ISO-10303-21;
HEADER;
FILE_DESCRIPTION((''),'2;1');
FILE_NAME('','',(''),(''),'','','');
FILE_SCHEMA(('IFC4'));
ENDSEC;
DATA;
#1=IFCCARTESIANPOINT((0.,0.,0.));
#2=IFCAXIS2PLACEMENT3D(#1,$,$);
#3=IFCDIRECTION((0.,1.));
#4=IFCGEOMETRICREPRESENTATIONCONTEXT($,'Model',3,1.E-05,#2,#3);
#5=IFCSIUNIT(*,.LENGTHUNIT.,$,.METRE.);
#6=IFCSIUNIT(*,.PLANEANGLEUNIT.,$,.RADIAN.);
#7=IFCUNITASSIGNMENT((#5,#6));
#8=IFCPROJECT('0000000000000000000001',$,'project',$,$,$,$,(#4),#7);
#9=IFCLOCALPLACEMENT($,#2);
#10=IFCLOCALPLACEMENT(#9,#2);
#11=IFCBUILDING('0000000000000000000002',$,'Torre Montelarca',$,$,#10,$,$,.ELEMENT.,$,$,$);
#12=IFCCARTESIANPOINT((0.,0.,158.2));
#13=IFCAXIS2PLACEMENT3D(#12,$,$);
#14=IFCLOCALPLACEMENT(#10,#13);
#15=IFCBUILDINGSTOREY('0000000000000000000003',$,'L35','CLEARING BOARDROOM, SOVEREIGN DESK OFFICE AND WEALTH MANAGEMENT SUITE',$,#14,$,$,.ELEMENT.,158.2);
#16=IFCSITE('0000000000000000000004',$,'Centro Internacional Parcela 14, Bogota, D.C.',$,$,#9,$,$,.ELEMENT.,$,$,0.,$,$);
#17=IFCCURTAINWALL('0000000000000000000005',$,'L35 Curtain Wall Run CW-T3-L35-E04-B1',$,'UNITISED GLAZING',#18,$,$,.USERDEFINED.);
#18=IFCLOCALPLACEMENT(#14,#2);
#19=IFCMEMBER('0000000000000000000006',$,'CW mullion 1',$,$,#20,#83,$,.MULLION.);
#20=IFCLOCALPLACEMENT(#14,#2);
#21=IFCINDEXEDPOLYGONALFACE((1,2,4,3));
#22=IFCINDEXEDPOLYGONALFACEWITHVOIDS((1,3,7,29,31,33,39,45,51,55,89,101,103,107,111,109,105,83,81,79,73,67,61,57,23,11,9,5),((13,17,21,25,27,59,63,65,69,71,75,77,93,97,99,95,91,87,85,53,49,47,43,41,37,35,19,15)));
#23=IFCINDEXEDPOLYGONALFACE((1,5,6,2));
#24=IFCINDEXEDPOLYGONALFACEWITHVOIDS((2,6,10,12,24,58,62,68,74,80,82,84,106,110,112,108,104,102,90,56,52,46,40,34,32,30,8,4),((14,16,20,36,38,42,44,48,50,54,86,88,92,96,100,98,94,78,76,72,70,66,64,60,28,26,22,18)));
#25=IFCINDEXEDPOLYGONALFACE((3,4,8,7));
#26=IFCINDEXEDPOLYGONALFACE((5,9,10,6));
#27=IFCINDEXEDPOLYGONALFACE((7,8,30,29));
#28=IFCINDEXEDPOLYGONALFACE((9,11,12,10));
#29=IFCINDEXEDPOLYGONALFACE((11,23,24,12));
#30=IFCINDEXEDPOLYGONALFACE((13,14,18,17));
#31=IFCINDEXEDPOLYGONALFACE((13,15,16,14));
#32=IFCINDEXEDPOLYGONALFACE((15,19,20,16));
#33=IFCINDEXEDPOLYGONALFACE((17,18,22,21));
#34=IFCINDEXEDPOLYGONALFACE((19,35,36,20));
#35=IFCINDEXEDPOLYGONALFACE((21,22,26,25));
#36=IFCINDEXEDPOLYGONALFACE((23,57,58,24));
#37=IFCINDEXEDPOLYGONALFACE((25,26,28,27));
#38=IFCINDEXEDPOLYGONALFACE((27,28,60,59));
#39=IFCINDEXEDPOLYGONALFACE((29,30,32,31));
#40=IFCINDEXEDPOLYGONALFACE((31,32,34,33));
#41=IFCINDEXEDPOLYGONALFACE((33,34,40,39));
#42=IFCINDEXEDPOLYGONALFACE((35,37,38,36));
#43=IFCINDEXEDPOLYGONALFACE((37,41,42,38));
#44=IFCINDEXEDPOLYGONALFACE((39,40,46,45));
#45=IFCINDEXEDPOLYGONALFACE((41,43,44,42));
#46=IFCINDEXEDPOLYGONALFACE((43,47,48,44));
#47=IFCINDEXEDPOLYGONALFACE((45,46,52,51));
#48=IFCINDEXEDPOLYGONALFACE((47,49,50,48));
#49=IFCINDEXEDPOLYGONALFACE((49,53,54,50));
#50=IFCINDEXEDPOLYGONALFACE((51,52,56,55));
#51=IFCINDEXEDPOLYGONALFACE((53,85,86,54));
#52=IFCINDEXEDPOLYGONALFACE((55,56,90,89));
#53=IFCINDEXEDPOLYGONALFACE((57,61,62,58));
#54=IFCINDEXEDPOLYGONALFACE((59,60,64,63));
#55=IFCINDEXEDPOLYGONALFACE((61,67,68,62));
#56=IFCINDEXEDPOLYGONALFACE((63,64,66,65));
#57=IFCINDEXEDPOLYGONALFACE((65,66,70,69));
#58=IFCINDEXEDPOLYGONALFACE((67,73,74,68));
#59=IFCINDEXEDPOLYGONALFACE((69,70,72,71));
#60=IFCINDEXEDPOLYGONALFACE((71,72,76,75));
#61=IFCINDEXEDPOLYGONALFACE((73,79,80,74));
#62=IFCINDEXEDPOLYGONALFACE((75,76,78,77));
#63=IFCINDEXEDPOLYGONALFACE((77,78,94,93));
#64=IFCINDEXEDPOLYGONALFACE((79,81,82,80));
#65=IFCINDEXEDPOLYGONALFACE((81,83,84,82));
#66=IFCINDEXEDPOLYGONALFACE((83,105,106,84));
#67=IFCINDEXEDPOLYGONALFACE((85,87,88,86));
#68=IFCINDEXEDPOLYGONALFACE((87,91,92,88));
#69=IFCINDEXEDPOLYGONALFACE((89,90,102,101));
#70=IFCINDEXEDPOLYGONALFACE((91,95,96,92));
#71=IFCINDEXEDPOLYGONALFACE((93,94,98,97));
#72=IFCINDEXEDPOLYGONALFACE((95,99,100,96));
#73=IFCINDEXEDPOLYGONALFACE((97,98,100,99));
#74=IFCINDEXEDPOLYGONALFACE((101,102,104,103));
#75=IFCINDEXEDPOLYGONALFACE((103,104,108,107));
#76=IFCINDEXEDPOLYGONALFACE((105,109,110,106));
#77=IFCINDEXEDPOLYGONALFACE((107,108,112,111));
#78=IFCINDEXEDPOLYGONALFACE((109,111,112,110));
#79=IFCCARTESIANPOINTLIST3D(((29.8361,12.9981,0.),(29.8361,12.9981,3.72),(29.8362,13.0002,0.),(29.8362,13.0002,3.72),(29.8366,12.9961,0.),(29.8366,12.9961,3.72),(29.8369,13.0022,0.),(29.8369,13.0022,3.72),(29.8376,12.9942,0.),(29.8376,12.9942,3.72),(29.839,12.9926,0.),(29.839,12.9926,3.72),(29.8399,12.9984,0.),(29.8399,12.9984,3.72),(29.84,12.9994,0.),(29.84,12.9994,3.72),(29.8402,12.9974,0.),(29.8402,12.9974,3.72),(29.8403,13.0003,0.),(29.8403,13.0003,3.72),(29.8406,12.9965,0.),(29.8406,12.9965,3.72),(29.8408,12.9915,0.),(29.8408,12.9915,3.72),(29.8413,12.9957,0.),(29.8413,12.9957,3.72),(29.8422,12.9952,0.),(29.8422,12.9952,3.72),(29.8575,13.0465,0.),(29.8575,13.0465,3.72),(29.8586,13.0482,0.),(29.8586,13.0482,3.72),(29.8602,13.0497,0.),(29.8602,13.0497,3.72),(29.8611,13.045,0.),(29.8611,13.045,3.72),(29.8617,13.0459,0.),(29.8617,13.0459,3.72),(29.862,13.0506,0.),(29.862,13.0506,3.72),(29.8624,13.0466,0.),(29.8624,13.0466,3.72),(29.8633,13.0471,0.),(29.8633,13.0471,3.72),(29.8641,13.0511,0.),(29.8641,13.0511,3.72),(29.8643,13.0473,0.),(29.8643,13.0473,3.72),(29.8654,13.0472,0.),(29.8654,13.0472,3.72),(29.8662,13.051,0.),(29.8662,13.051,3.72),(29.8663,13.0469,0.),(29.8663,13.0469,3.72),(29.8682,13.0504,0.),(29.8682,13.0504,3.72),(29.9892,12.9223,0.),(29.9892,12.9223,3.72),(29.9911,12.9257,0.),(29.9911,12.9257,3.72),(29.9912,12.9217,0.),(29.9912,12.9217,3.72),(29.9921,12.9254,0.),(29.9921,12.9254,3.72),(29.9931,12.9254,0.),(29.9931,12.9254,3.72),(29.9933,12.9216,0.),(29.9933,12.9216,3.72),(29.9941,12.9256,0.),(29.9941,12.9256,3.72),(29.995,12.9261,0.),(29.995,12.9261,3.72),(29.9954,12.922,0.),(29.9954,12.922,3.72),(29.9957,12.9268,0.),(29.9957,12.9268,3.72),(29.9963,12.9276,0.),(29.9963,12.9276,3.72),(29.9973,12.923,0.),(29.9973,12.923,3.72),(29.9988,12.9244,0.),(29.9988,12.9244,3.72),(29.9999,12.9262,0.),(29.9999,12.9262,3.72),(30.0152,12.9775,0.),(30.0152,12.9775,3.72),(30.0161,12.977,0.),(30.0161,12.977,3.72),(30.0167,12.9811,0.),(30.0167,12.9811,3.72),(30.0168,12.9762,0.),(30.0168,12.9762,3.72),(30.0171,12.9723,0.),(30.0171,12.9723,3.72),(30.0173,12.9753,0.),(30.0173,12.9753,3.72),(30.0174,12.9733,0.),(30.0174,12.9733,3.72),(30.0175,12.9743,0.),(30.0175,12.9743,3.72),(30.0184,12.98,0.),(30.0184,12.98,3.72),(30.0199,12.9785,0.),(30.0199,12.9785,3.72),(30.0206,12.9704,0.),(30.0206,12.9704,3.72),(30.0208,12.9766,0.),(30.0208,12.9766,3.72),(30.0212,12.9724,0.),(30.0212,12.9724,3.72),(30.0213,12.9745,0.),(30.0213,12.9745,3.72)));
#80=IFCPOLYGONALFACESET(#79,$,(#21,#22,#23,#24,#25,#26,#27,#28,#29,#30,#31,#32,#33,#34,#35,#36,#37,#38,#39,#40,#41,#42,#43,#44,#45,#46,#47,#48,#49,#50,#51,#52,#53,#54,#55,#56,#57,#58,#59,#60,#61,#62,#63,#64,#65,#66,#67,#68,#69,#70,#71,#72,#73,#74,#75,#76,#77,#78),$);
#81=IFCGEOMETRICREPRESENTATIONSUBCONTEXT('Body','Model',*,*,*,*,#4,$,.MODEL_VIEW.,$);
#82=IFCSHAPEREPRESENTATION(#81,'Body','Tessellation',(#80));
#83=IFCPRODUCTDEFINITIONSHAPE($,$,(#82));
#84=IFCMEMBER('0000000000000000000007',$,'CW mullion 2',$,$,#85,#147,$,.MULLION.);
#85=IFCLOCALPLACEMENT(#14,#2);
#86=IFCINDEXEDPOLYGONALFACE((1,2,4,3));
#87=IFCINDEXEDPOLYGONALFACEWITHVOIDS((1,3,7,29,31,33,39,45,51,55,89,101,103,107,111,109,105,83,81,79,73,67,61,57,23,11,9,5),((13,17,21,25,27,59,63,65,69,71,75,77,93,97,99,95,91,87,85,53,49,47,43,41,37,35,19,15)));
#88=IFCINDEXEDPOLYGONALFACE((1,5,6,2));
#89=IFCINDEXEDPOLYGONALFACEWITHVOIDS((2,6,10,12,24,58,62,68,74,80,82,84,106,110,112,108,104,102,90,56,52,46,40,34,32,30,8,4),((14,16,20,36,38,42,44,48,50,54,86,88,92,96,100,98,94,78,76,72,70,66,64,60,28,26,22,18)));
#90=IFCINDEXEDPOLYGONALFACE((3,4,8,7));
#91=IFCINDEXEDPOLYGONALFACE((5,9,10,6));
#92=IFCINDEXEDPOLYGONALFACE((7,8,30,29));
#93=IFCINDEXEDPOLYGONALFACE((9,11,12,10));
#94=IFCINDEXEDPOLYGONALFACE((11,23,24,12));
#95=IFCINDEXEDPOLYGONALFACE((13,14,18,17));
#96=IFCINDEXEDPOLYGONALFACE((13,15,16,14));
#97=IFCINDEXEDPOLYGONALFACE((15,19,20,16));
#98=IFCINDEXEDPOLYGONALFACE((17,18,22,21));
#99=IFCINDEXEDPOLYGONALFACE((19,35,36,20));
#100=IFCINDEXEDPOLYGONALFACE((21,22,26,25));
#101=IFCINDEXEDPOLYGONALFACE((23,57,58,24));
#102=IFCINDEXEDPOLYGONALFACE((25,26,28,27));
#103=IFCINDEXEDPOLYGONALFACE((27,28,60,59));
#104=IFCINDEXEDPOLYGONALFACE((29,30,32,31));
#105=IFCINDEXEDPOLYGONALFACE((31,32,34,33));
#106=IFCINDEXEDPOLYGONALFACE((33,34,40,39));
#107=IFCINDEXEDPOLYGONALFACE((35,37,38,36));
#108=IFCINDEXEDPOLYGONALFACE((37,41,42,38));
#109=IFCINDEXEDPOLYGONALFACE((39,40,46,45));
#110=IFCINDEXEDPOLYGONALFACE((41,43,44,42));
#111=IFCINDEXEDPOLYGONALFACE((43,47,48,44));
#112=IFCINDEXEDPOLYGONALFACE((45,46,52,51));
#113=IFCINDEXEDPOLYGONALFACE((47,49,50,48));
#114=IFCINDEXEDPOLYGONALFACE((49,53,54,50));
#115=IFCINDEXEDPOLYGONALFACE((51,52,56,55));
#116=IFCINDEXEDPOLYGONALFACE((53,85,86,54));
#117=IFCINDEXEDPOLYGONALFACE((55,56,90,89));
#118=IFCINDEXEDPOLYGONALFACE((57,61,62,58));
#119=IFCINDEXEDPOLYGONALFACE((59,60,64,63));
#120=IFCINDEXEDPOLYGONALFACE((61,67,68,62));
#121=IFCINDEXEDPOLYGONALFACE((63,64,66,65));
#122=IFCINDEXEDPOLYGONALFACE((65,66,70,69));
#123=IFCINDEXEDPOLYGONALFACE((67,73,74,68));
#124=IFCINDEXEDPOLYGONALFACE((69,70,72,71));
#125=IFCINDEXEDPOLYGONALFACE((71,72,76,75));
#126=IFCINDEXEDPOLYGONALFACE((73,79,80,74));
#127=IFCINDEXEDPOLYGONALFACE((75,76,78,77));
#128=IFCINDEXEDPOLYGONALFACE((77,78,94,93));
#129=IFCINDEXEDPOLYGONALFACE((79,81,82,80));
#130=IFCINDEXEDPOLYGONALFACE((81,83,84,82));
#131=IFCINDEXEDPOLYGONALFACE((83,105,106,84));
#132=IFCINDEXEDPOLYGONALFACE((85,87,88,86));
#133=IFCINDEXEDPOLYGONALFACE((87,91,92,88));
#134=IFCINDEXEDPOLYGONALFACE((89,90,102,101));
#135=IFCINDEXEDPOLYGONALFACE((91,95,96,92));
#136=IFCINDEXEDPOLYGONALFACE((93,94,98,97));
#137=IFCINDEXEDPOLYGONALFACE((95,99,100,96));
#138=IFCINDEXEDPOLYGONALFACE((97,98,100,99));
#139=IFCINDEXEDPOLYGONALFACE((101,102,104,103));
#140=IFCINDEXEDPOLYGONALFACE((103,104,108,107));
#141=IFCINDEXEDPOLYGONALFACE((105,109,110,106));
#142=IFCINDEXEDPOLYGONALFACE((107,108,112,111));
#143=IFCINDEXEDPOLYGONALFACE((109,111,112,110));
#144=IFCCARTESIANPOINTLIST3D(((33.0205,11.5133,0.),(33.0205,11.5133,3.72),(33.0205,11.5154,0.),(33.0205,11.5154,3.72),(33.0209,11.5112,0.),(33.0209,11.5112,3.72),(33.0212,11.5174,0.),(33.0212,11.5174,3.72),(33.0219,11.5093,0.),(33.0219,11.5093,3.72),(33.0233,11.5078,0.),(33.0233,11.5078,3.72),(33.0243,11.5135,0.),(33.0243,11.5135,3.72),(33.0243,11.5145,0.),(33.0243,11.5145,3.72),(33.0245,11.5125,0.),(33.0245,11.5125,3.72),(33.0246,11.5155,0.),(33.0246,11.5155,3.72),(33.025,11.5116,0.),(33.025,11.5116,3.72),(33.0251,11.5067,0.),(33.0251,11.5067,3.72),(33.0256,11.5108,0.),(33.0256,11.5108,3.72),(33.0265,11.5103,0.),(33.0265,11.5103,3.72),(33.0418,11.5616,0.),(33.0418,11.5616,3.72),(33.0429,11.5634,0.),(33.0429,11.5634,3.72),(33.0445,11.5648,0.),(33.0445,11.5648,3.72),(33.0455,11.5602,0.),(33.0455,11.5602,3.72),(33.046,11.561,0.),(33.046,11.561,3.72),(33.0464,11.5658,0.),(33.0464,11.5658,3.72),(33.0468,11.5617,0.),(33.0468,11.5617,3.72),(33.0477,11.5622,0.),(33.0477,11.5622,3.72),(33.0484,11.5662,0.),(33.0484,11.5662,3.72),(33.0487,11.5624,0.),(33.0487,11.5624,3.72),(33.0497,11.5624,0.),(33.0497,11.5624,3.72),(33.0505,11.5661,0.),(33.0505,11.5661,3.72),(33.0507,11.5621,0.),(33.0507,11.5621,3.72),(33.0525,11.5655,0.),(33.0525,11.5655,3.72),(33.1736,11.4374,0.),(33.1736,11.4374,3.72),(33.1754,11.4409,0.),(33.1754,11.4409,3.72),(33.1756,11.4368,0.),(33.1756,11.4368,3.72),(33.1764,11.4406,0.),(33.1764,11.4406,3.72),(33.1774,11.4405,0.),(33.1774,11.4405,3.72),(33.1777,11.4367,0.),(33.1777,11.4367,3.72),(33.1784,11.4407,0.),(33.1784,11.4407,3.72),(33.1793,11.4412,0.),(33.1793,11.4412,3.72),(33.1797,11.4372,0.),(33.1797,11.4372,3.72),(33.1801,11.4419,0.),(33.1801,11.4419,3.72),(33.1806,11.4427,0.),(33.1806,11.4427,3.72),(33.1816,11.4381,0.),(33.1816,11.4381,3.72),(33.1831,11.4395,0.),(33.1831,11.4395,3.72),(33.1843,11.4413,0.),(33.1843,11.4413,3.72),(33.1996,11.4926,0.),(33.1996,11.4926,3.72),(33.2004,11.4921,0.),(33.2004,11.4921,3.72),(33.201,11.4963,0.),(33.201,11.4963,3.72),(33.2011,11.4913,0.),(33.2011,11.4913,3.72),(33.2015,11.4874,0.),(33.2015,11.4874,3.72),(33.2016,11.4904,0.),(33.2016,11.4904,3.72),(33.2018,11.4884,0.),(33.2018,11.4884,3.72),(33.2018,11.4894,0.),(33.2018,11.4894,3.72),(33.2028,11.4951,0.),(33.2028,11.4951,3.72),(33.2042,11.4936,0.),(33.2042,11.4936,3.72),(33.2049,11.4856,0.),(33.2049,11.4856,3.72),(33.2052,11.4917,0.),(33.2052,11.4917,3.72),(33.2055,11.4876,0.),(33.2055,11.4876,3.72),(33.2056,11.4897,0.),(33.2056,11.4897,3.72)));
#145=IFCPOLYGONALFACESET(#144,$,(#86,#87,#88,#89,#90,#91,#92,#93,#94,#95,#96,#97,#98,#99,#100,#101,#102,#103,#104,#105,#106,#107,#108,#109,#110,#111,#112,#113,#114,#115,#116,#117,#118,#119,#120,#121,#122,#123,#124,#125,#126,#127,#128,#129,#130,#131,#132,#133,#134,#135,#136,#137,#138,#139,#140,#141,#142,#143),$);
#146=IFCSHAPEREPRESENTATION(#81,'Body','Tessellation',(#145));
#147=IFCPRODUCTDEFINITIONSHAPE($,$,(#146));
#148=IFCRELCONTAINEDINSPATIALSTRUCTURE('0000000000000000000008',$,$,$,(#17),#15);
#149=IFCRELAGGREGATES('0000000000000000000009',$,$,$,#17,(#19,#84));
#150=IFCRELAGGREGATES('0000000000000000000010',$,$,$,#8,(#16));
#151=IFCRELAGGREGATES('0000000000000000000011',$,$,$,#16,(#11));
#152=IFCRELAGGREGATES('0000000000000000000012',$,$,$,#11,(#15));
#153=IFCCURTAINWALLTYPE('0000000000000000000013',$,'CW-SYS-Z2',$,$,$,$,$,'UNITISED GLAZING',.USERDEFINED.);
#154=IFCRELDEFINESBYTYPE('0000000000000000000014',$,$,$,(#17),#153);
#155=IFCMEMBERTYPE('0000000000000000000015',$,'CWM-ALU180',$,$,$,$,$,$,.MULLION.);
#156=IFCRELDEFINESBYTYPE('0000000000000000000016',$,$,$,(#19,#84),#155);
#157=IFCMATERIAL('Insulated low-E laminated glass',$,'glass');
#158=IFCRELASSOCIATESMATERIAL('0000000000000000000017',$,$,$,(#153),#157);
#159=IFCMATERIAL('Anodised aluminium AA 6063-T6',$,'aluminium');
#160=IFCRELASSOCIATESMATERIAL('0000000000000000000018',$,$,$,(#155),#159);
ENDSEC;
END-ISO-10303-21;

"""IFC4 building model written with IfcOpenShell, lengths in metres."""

from ifc_helpers import new_model, si_unit, direction, frame, origin, origin_2d, place, context, subcontext, project, spatial, hollow_rectangle, extrude, source, transform, mapped, material, material_profile, profile_set, type_object, element, aggregate, save


model = new_model("IFC4")

# Units and contexts
model_context = context("Model", 3, precision=1e-05, world=origin(), true_north=direction((0.0, 1.0)))
body_context = subcontext(model_context, "Body", "Model", "MODEL_VIEW")
ifc_project = project(units=[si_unit("LENGTHUNIT", "METRE"), si_unit("PLANEANGLEUNIT", "RADIAN")], contexts=[model_context])

# Site, building, storey
site_placement = place(None, origin())
site = spatial("IfcSite", under=ifc_project, at=site_placement, Name="Centro Internacional Parcela 14, Bogota, D.C.", CompositionType="ELEMENT", RefElevation=0.0)
building_placement = place(site_placement, origin())
building = spatial("IfcBuilding", under=site, at=building_placement, Name="Torre Montelarca", CompositionType="ELEMENT")
storey_placement = place(building_placement, frame((0.0, 0.0, 158.2)))
storey = spatial("IfcBuildingStorey", under=building, at=storey_placement, Name="L35", Description="CLEARING BOARDROOM, SOVEREIGN DESK OFFICE AND WEALTH MANAGEMENT SUITE", CompositionType="ELEMENT", Elevation=158.2)

# Shared definitions
ifc_material_1 = material(Name="Insulated low-E laminated glass", Category="glass")
curtain_wall_type = type_object("IfcCurtainWallType", Name="CW-SYS-Z2", ElementType="UNITISED GLAZING", PredefinedType="USERDEFINED", material=ifc_material_1)
ifc_material_2 = material(Name="Anodised aluminium AA 6063-T6", Category="aluminium")

# Shared definitions
ifc_material_profile_1 = material_profile(ifc_material_2, hollow_rectangle(XDim=0.0649, YDim=0.1799, WallThickness=0.0039, InnerFilletRadius=0.0039, OuterFilletRadius=0.0081, at=origin_2d()), Name="ALU65X180X4", Category="aluminium")
ifc_profile_set_1 = profile_set([ifc_material_profile_1], Name="Anodised aluminium AA 6063-T6")
member_type_1 = type_object("IfcMemberType", Name="CWM-ALU180", PredefinedType="MULLION", material=ifc_profile_set_1)
shared_shape_1 = source(origin(), body_context, "Body", "SweptSolid", [
    extrude(hollow_rectangle(XDim=0.0649, YDim=0.1799, WallThickness=0.0039, InnerFilletRadius=0.0039, OuterFilletRadius=0.0081, at=origin_2d()), origin(), (0.0, 0.0, 1.0), 3.72),
])

# Curtain wall, members
curtain_wall_1_placement = place(storey_placement, origin())
curtain_wall_1 = element("IfcCurtainWall", 1, at=curtain_wall_1_placement, inside=storey, type_object=curtain_wall_type, Name="L35 Curtain Wall Run CW-T3-L35-E04-B1", ObjectType="UNITISED GLAZING", PredefinedType="USERDEFINED")
member_1_placement = place(storey_placement, frame((29.9287, 12.9863, 0.0), z_axis=(0.0, 0.0, 1.0), x_axis=(0.422602, 0.906315, 0.0)))
member_1 = element("IfcMember", 2, at=member_1_placement, type_object=member_type_1, Name="CW mullion 1", PredefinedType="MULLION", context=body_context, shape_type="MappedRepresentation", body=[
    mapped(shared_shape_1, transform((0.0, 0.0, 0.0), scale=1.0)),
])
member_2_placement = place(storey_placement, frame((33.113, 11.5015, 0.0), z_axis=(0.0, 0.0, 1.0), x_axis=(0.422602, 0.906315, 0.0)))
member_2 = element("IfcMember", 3, at=member_2_placement, type_object=member_type_1, Name="CW mullion 2", PredefinedType="MULLION", context=body_context, shape_type="MappedRepresentation", body=[
    mapped(shared_shape_1, transform((0.0, 0.0, 0.0), scale=1.0)),
])
aggregate(curtain_wall_1, [member_1, member_2])

save(model, "model.ifc")
